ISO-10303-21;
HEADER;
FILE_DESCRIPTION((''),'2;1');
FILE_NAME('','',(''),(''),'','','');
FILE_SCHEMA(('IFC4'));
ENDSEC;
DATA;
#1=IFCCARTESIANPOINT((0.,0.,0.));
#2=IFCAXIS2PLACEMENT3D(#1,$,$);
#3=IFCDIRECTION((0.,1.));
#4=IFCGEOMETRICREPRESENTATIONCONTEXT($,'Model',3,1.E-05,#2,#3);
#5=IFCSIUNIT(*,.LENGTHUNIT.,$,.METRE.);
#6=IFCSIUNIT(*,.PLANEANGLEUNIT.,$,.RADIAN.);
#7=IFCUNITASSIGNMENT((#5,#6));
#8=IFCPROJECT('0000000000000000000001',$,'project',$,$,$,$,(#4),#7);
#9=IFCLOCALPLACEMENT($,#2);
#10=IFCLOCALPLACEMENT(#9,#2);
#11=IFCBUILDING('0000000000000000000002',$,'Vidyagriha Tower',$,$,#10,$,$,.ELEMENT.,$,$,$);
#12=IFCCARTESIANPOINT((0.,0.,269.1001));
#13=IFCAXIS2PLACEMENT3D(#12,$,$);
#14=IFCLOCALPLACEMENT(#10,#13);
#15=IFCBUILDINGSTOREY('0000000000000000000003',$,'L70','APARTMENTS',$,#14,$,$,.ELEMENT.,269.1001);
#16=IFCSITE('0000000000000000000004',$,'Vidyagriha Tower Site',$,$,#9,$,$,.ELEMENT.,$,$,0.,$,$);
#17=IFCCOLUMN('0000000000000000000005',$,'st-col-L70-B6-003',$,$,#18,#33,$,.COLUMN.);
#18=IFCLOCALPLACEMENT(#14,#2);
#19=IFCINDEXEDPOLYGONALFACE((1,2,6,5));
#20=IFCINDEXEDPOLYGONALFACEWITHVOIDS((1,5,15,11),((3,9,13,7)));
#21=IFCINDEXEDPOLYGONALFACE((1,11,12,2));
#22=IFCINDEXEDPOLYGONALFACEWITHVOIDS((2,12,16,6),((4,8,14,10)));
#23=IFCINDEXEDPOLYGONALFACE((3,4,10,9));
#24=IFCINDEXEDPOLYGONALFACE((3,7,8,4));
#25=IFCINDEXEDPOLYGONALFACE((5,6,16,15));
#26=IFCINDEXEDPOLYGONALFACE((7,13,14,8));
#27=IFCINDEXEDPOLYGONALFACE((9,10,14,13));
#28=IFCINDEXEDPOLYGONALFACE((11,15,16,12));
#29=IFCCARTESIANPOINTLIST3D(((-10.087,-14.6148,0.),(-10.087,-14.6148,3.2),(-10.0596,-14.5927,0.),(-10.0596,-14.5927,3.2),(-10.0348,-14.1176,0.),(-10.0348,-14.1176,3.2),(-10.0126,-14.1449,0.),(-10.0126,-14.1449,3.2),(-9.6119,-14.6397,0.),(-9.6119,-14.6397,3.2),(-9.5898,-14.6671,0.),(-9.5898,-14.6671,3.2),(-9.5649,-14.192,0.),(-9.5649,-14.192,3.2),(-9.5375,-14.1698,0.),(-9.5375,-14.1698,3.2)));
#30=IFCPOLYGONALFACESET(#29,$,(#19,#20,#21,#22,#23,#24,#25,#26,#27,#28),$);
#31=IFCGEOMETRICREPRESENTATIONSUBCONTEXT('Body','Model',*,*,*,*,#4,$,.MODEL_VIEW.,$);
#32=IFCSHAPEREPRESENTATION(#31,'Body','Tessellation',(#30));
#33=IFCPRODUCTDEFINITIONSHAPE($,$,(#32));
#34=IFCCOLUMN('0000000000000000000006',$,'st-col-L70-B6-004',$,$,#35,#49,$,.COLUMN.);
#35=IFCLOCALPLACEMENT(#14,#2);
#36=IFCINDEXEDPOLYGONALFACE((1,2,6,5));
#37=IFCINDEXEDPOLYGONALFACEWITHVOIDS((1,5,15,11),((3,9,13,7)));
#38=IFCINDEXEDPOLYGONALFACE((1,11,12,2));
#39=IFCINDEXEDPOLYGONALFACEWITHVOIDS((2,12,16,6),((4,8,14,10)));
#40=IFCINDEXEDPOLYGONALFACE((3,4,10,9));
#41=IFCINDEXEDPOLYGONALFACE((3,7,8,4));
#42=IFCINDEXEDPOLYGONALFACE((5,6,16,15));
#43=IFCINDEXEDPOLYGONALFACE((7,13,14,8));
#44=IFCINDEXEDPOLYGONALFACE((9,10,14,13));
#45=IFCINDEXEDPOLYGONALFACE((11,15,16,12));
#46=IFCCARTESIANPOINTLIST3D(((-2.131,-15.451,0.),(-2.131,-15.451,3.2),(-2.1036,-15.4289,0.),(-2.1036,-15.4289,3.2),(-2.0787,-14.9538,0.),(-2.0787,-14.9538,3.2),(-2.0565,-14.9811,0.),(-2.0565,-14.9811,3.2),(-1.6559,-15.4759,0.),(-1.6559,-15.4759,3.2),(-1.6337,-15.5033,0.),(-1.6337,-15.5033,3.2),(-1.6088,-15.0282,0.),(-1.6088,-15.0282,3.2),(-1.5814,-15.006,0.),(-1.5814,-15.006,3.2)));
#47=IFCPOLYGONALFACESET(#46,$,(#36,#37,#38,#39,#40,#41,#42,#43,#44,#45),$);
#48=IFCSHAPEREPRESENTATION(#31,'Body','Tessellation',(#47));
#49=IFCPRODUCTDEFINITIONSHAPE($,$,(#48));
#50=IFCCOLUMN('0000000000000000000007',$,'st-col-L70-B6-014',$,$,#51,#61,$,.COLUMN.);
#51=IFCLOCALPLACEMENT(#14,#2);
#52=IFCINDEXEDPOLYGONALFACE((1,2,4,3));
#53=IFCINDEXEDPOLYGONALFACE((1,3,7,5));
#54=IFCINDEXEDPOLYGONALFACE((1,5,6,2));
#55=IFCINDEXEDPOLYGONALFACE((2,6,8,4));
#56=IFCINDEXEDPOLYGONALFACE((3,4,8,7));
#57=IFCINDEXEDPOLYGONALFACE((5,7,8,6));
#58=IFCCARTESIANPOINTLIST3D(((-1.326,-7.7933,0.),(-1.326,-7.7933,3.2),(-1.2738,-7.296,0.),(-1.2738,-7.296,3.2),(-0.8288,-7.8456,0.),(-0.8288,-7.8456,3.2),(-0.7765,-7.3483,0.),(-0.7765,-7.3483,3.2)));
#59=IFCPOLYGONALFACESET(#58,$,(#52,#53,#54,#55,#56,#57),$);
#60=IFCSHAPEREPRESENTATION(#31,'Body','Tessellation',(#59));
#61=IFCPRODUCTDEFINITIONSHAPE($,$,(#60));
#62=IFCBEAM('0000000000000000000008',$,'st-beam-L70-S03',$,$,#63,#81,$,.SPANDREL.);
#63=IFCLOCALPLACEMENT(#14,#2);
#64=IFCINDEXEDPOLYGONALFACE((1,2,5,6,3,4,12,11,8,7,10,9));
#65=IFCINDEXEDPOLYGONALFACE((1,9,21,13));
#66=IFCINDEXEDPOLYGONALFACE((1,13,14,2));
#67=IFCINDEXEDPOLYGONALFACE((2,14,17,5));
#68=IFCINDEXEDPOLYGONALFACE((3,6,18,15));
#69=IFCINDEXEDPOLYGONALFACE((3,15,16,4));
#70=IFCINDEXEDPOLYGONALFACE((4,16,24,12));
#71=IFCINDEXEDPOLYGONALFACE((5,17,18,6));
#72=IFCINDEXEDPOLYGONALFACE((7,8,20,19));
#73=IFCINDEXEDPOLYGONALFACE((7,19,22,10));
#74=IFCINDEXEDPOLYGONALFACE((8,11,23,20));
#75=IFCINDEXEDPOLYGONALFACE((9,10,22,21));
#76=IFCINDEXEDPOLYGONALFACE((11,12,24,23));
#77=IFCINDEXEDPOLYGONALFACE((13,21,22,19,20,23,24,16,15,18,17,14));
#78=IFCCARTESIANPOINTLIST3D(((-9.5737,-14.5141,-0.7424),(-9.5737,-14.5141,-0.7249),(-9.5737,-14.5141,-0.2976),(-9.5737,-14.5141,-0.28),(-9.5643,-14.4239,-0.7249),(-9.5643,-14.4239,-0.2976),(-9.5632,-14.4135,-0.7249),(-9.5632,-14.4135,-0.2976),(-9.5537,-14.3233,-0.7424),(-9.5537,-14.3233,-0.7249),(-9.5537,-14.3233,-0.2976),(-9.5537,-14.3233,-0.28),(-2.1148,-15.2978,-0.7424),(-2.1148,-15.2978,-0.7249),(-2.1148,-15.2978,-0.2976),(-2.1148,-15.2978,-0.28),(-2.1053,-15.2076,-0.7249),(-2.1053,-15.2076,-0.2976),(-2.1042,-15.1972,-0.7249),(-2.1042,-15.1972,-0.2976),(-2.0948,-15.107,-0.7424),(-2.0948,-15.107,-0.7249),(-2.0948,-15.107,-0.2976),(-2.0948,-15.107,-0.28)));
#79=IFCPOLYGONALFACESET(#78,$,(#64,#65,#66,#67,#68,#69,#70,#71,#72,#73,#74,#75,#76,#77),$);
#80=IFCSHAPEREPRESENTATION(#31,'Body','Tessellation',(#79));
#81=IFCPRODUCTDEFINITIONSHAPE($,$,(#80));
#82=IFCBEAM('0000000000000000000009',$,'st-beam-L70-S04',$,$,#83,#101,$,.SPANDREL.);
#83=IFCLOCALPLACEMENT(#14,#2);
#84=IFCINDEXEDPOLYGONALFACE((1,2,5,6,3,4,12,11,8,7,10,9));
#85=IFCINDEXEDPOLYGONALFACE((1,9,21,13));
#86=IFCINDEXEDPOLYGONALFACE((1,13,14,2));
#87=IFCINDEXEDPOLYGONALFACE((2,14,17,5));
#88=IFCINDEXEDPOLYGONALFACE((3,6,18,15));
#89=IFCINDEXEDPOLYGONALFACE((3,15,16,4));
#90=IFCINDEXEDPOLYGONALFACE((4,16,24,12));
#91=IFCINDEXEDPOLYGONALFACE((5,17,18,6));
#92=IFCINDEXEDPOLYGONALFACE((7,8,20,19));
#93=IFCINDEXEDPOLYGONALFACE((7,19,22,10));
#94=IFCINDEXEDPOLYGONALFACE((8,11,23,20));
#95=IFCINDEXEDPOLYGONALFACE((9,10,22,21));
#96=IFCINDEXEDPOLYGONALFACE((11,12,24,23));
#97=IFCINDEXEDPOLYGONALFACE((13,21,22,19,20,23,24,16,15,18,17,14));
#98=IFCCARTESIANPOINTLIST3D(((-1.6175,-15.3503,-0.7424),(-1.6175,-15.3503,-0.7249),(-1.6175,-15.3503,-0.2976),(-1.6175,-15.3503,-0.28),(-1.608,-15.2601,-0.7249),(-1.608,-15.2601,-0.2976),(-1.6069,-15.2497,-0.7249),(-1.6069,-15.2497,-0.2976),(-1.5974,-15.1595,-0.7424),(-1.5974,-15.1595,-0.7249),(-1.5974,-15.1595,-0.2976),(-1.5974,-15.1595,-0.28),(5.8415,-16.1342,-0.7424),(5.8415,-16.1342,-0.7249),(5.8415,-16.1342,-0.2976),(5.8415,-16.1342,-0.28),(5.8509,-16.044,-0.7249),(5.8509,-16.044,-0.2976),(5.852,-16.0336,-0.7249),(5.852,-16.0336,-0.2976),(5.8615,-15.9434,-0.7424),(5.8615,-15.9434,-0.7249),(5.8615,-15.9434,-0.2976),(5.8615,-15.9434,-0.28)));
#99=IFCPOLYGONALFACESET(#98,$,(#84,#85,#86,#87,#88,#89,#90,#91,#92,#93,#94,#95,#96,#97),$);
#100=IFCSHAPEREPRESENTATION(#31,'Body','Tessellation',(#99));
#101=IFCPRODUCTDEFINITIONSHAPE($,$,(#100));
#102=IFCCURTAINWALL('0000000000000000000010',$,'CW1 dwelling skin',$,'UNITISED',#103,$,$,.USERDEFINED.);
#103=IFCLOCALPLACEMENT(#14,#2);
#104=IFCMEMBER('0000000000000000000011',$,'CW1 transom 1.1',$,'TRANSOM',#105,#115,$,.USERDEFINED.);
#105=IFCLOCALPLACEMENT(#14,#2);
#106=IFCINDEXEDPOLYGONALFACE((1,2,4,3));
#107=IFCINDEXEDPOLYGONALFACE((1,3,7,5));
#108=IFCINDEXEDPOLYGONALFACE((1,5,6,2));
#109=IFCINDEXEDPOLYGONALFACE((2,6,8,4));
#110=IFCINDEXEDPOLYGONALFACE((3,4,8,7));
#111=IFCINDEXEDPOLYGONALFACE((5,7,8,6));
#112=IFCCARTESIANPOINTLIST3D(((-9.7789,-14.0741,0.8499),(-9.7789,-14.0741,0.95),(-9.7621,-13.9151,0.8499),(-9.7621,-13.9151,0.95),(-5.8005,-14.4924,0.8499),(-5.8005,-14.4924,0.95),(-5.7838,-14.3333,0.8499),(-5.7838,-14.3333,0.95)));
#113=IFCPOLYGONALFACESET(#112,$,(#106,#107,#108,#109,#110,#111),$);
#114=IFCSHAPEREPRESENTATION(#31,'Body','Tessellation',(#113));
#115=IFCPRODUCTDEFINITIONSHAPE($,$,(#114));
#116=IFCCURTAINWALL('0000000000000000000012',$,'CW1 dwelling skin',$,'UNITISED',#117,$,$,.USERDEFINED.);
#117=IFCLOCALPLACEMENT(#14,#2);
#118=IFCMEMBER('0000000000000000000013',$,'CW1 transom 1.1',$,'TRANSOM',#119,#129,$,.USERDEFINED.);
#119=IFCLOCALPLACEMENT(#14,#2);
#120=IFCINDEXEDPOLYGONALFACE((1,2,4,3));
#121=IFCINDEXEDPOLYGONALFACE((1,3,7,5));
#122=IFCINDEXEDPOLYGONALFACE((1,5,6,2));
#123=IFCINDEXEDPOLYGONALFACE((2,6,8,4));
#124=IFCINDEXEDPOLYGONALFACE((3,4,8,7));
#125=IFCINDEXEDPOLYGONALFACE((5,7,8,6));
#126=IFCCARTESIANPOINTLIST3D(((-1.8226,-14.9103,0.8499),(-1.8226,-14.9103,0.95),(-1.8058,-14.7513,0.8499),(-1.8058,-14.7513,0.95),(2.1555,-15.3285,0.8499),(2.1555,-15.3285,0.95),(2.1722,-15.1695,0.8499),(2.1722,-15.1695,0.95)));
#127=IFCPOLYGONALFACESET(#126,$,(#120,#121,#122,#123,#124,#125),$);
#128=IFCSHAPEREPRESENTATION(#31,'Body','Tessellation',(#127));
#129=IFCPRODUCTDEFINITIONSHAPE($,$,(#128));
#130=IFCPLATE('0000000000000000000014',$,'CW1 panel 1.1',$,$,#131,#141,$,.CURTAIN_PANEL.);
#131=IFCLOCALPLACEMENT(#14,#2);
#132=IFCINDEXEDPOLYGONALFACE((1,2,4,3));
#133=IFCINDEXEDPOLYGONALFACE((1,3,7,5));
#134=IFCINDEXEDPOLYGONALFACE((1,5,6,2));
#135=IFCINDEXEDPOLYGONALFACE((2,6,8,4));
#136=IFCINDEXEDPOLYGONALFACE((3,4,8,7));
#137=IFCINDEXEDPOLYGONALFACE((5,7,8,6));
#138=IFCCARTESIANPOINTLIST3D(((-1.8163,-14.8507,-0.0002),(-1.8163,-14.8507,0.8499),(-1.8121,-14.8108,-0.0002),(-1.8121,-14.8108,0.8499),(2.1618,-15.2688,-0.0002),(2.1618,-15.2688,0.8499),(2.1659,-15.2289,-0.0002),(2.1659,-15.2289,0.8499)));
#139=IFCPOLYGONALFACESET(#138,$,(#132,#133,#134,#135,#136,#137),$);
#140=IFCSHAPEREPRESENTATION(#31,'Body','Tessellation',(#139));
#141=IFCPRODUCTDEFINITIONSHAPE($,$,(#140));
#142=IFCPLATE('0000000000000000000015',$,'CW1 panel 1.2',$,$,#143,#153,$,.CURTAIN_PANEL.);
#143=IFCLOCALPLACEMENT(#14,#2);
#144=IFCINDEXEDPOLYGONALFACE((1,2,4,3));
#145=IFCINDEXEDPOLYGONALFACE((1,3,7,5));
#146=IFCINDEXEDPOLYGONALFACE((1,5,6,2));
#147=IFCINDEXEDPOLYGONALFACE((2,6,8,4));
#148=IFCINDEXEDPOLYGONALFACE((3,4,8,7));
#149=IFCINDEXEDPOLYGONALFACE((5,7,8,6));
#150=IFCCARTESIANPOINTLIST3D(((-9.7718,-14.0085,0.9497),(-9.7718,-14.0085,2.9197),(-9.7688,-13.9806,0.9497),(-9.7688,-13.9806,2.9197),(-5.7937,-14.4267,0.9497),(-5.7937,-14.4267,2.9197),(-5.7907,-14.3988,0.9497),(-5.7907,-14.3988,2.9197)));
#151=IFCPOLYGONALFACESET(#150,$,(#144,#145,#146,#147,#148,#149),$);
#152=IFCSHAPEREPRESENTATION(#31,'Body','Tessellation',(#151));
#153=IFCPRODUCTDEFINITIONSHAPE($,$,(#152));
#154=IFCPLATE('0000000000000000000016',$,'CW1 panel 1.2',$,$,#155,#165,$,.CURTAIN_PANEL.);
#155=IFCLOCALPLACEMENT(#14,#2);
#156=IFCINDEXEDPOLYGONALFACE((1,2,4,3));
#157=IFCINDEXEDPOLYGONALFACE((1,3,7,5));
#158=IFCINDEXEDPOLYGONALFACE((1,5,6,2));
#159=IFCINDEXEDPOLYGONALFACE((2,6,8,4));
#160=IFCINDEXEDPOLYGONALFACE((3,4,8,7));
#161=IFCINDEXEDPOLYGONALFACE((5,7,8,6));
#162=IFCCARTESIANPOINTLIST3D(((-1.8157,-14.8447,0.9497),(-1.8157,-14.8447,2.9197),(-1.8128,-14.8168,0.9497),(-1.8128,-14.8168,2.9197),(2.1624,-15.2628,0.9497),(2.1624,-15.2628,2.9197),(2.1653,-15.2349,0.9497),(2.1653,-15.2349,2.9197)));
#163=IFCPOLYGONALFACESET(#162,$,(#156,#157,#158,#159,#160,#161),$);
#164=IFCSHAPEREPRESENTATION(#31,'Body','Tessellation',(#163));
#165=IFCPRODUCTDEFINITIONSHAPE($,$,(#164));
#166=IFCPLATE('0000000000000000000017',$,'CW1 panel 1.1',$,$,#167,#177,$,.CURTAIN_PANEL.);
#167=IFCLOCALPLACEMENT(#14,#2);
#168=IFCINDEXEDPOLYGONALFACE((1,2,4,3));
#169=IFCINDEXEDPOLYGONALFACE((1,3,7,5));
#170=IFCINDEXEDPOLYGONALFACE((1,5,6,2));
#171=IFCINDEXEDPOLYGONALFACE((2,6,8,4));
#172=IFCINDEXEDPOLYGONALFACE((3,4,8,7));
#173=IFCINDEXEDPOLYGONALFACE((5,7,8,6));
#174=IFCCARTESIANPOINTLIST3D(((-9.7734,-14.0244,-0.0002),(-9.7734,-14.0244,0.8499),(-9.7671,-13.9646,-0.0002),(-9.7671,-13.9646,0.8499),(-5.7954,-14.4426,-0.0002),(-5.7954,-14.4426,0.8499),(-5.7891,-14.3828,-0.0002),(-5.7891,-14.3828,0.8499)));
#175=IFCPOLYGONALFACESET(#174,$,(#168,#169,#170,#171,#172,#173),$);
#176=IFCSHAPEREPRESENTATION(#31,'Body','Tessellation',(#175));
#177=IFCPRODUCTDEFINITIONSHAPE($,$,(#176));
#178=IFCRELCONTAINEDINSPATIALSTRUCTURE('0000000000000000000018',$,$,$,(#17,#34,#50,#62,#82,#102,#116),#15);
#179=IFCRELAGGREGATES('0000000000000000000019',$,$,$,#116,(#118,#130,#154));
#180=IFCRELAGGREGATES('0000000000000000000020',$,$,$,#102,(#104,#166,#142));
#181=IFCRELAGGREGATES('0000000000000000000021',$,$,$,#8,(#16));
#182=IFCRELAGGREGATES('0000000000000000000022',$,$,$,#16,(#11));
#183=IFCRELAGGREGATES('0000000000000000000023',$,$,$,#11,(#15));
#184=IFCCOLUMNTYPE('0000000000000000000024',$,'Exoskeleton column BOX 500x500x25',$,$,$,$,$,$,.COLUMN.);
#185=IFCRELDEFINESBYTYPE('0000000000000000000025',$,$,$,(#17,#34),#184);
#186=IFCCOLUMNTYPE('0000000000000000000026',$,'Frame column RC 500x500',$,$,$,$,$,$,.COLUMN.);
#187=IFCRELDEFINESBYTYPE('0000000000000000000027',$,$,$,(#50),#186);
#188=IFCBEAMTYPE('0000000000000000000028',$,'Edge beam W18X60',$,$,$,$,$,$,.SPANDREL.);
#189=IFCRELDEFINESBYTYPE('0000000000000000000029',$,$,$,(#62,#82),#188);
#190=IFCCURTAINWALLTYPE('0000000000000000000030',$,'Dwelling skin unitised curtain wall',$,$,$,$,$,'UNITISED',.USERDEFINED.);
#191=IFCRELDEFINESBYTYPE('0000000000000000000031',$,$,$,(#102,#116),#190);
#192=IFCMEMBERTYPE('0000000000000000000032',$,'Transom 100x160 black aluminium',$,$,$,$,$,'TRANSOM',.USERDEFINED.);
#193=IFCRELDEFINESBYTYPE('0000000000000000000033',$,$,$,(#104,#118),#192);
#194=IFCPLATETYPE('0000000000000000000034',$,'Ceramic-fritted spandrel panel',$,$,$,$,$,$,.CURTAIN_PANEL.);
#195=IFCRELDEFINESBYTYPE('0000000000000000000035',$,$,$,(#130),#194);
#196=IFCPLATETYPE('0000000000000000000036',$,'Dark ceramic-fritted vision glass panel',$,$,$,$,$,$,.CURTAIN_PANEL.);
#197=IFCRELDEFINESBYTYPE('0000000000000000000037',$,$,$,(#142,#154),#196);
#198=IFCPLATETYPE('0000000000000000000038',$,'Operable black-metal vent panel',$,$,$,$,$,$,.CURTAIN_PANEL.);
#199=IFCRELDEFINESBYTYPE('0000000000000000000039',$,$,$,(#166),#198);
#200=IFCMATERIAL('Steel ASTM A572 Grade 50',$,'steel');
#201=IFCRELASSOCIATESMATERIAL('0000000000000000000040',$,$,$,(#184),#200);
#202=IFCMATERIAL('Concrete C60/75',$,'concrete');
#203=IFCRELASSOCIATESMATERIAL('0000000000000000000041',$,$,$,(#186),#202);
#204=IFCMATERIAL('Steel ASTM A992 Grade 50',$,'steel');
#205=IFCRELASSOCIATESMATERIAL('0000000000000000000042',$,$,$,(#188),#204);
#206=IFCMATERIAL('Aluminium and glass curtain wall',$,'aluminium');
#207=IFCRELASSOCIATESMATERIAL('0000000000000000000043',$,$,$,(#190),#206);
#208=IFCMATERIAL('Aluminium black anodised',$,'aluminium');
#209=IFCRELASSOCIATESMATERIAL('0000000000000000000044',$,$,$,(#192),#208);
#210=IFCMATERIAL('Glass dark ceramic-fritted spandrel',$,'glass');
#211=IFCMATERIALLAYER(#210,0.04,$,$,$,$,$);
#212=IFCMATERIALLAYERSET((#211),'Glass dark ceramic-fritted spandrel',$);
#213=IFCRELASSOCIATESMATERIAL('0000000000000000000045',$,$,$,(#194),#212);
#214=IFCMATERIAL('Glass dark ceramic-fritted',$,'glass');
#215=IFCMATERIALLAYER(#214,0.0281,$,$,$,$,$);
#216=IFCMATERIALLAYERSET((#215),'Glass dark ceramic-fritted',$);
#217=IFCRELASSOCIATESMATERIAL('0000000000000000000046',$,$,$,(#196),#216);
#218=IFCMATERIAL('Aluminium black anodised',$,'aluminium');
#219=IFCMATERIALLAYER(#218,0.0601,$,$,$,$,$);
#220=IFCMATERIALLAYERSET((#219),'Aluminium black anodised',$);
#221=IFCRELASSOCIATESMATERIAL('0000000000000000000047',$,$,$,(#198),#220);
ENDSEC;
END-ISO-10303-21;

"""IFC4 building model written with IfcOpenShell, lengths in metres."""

from ifc_helpers import new_model, si_unit, direction, frame, origin, origin_2d, place, context, subcontext, project, spatial, rectangle, hollow_rectangle, i_section, extrude, material, layer, layer_set, material_profile, profile_set, type_object, element, aggregate, save


model = new_model("IFC4")

# Units and contexts
model_context = context("Model", 3, precision=1e-05, world=origin(), true_north=direction((0.0, 1.0)))
body_context = subcontext(model_context, "Body", "Model", "MODEL_VIEW")
ifc_project = project(units=[si_unit("LENGTHUNIT", "METRE"), si_unit("PLANEANGLEUNIT", "RADIAN")], contexts=[model_context])

# Site, building, storey
site_placement = place(None, origin())
site = spatial("IfcSite", under=ifc_project, at=site_placement, Name="Vidyagriha Tower Site", CompositionType="ELEMENT", RefElevation=0.0)
building_placement = place(site_placement, origin())
building = spatial("IfcBuilding", under=site, at=building_placement, Name="Vidyagriha Tower", CompositionType="ELEMENT")
storey_placement = place(building_placement, frame((0.0, 0.0, 269.1001)))
storey = spatial("IfcBuildingStorey", under=building, at=storey_placement, Name="L70", Description="APARTMENTS", CompositionType="ELEMENT", Elevation=269.1001)

# Columns
ifc_material_1 = material(Name="Steel ASTM A572 Grade 50", Category="steel")
ifc_material_profile_1 = material_profile(ifc_material_1, hollow_rectangle(XDim=0.5, YDim=0.5, WallThickness=0.0249, at=origin_2d()), Name="BOX 500x500x25")
ifc_profile_set_1 = profile_set([ifc_material_profile_1], Name="Steel ASTM A572 Grade 50")
column_type_1 = type_object("IfcColumnType", Name="Exoskeleton column BOX 500x500x25", PredefinedType="COLUMN", material=ifc_profile_set_1)
for number, where, z_axis, x_axis, name in (
    (1, (-9.8123, -14.3923, 0.0), (0.0, 0.0, 1.0), (0.994522, -0.104528, 0.0), "st-col-L70-B6-003"),
    (2, (-1.8562, -15.2285, 0.0), (0.0, 0.0, 1.0), (0.994522, -0.104528, 0.0), "st-col-L70-B6-004"),
):
    element("IfcColumn", number, at=place(storey_placement, frame(where, z_axis=z_axis, x_axis=x_axis)), inside=storey, type_object=column_type_1, Name=name, PredefinedType="COLUMN", context=body_context, shape_type="SweptSolid", body=[
        extrude(hollow_rectangle(XDim=0.5, YDim=0.5, WallThickness=0.0249, at=origin_2d()), origin(), (0.0, 0.0, 1.0), 3.2),
    ])
ifc_material_2 = material(Name="Concrete C60/75", Category="concrete")
ifc_material_profile_2 = material_profile(ifc_material_2, rectangle(XDim=0.5, YDim=0.5, at=origin_2d()), Name="RC 500x500")
ifc_profile_set_2 = profile_set([ifc_material_profile_2], Name="Concrete C60/75")
column_type_2 = type_object("IfcColumnType", Name="Frame column RC 500x500", PredefinedType="COLUMN", material=ifc_profile_set_2)
column_placement = place(storey_placement, frame((-1.0513, -7.5708, 0.0), z_axis=(0.0, 0.0, 1.0), x_axis=(0.994522, -0.104528, 0.0)))
element("IfcColumn", 3, at=column_placement, inside=storey, type_object=column_type_2, Name="st-col-L70-B6-014", PredefinedType="COLUMN", context=body_context, shape_type="SweptSolid", body=[
    extrude(rectangle(XDim=0.5, YDim=0.5, at=origin_2d()), origin(), (0.0, 0.0, 1.0), 3.2),
])

# Beams
ifc_material_3 = material(Name="Steel ASTM A992 Grade 50", Category="steel")
ifc_material_profile_3 = material_profile(ifc_material_3, i_section(OverallWidth=0.1919, OverallDepth=0.4624, WebThickness=0.0105, FlangeThickness=0.0176, at=origin_2d()), Name="W18X60")
ifc_profile_set_3 = profile_set([ifc_material_profile_3], Name="Steel ASTM A992 Grade 50")
beam_type = type_object("IfcBeamType", Name="Edge beam W18X60", PredefinedType="SPANDREL", material=ifc_profile_set_3)
for number, where, z_axis, x_axis, name in (
    (4, (-9.5637, -14.4187, -0.5112), (0.994526, -0.104492, 0.0), (0.104492, 0.994526, 0.0), "st-beam-L70-S03"),
    (5, (-1.6074, -15.2549, -0.5112), (0.994522, -0.104524, 0.0), (0.104524, 0.994522, 0.0), "st-beam-L70-S04"),
):
    element("IfcBeam", number, at=place(storey_placement, frame(where, z_axis=z_axis, x_axis=x_axis)), inside=storey, type_object=beam_type, Name=name, PredefinedType="SPANDREL", context=body_context, shape_type="SweptSolid", body=[
        extrude(i_section(OverallWidth=0.1919, OverallDepth=0.4624, WebThickness=0.0105, FlangeThickness=0.0176, at=origin_2d()), origin(), (0.0, 0.0, 1.0), 7.5),
    ])

# Curtain wall, member
ifc_material_4 = material(Name="Aluminium and glass curtain wall", Category="aluminium")
curtain_wall_type = type_object("IfcCurtainWallType", Name="Dwelling skin unitised curtain wall", ElementType="UNITISED", PredefinedType="USERDEFINED", material=ifc_material_4)
curtain_wall_1_placement = place(storey_placement, origin())
curtain_wall_1 = element("IfcCurtainWall", 6, at=curtain_wall_1_placement, inside=storey, type_object=curtain_wall_type, Name="CW1 dwelling skin", ObjectType="UNITISED", PredefinedType="USERDEFINED")
ifc_material_5 = material(Name="Aluminium black anodised", Category="aluminium")
ifc_material_profile_4 = material_profile(ifc_material_5, rectangle(XDim=0.1599, YDim=0.1001, at=origin_2d()), Name="Transom 100x160 black aluminium")
ifc_profile_set_4 = profile_set([ifc_material_profile_4], Name="Aluminium black anodised")
member_type = type_object("IfcMemberType", Name="Transom 100x160 black aluminium", ElementType="TRANSOM", PredefinedType="USERDEFINED", material=ifc_profile_set_4)
member_1_placement = place(storey_placement, frame((-9.7705, -13.9946, 0.8999), z_axis=(0.99452, -0.104548, 0.0), x_axis=(0.104548, 0.99452, 0.0)))
member_1 = element("IfcMember", 7, at=member_1_placement, type_object=member_type, Name="CW1 transom 1.1", ObjectType="TRANSOM", PredefinedType="USERDEFINED", context=body_context, shape_type="SweptSolid", body=[
    extrude(rectangle(XDim=0.1599, YDim=0.1001, at=origin_2d()), origin(), (0.0, 0.0, 1.0), 4.0002),
])

# Curtain wall, member, plate
curtain_wall_2_placement = place(storey_placement, origin())
curtain_wall_2 = element("IfcCurtainWall", 8, at=curtain_wall_2_placement, inside=storey, type_object=curtain_wall_type, Name="CW1 dwelling skin", ObjectType="UNITISED", PredefinedType="USERDEFINED")
member_2_placement = place(storey_placement, frame((-1.8142, -14.8308, 0.8999), z_axis=(0.994519, -0.104555, 0.0), x_axis=(0.104555, 0.994519, 0.0)))
member_2 = element("IfcMember", 9, at=member_2_placement, type_object=member_type, Name="CW1 transom 1.1", ObjectType="TRANSOM", PredefinedType="USERDEFINED", context=body_context, shape_type="SweptSolid", body=[
    extrude(rectangle(XDim=0.1599, YDim=0.1001, at=origin_2d()), origin(), (0.0, 0.0, 1.0), 4.0),
])
ifc_material_6 = material(Name="Glass dark ceramic-fritted spandrel", Category="glass")
ifc_layer_1 = layer(ifc_material_6, 0.04)
ifc_layer_set_1 = layer_set([ifc_layer_1], Name="Glass dark ceramic-fritted spandrel")
plate_type_1 = type_object("IfcPlateType", Name="Ceramic-fritted spandrel panel", PredefinedType="CURTAIN_PANEL", material=ifc_layer_set_1)
plate_1_placement = place(storey_placement, frame((0.1748, -15.0398, -0.0002), z_axis=(0.0, 0.0, 1.0), x_axis=(0.994522, -0.104527, 0.0)))
plate_1 = element("IfcPlate", 10, at=plate_1_placement, type_object=plate_type_1, Name="CW1 panel 1.1", PredefinedType="CURTAIN_PANEL", context=body_context, shape_type="SweptSolid", body=[
    extrude(rectangle(XDim=4.0, YDim=0.04, at=origin_2d()), origin(), (0.0, 0.0, 1.0), 0.8501),
])

# Plates
ifc_material_7 = material(Name="Glass dark ceramic-fritted", Category="glass")
ifc_layer_2 = layer(ifc_material_7, 0.0281)
ifc_layer_set_2 = layer_set([ifc_layer_2], Name="Glass dark ceramic-fritted")
plate_type_2 = type_object("IfcPlateType", Name="Dark ceramic-fritted vision glass panel", PredefinedType="CURTAIN_PANEL", material=ifc_layer_set_2)
plate_2_placement = place(storey_placement, frame((-7.7812, -14.2036, 0.9497), z_axis=(0.0, 0.0, 1.0), x_axis=(0.99452, -0.104549, 0.0)))
plate_2 = element("IfcPlate", 11, at=plate_2_placement, type_object=plate_type_2, Name="CW1 panel 1.2", PredefinedType="CURTAIN_PANEL", context=body_context, shape_type="SweptSolid", body=[
    extrude(rectangle(XDim=4.0, YDim=0.0281, at=origin_2d()), origin(), (0.0, 0.0, 1.0), 1.97),
])
plate_3_placement = place(storey_placement, frame((0.1748, -15.0398, 0.9497), z_axis=(0.0, 0.0, 1.0), x_axis=(0.994522, -0.104527, 0.0)))
plate_3 = element("IfcPlate", 12, at=plate_3_placement, type_object=plate_type_2, Name="CW1 panel 1.2", PredefinedType="CURTAIN_PANEL", context=body_context, shape_type="SweptSolid", body=[
    extrude(rectangle(XDim=4.0, YDim=0.0281, at=origin_2d()), origin(), (0.0, 0.0, 1.0), 1.97),
])
aggregate(curtain_wall_2, [member_2, plate_1, plate_3])
ifc_material_8 = material(Name="Aluminium black anodised", Category="aluminium")
ifc_layer_3 = layer(ifc_material_8, 0.0601)
ifc_layer_set_3 = layer_set([ifc_layer_3], Name="Aluminium black anodised")
plate_type_3 = type_object("IfcPlateType", Name="Operable black-metal vent panel", PredefinedType="CURTAIN_PANEL", material=ifc_layer_set_3)
plate_4_placement = place(storey_placement, frame((-7.7812, -14.2036, -0.0002), z_axis=(0.0, 0.0, 1.0), x_axis=(0.99452, -0.104549, 0.0)))
plate_4 = element("IfcPlate", 13, at=plate_4_placement, type_object=plate_type_3, Name="CW1 panel 1.1", PredefinedType="CURTAIN_PANEL", context=body_context, shape_type="SweptSolid", body=[
    extrude(rectangle(XDim=4.0, YDim=0.0601, at=origin_2d()), origin(), (0.0, 0.0, 1.0), 0.8501),
])
aggregate(curtain_wall_1, [member_1, plate_4, plate_2])

save(model, "model.ifc")
